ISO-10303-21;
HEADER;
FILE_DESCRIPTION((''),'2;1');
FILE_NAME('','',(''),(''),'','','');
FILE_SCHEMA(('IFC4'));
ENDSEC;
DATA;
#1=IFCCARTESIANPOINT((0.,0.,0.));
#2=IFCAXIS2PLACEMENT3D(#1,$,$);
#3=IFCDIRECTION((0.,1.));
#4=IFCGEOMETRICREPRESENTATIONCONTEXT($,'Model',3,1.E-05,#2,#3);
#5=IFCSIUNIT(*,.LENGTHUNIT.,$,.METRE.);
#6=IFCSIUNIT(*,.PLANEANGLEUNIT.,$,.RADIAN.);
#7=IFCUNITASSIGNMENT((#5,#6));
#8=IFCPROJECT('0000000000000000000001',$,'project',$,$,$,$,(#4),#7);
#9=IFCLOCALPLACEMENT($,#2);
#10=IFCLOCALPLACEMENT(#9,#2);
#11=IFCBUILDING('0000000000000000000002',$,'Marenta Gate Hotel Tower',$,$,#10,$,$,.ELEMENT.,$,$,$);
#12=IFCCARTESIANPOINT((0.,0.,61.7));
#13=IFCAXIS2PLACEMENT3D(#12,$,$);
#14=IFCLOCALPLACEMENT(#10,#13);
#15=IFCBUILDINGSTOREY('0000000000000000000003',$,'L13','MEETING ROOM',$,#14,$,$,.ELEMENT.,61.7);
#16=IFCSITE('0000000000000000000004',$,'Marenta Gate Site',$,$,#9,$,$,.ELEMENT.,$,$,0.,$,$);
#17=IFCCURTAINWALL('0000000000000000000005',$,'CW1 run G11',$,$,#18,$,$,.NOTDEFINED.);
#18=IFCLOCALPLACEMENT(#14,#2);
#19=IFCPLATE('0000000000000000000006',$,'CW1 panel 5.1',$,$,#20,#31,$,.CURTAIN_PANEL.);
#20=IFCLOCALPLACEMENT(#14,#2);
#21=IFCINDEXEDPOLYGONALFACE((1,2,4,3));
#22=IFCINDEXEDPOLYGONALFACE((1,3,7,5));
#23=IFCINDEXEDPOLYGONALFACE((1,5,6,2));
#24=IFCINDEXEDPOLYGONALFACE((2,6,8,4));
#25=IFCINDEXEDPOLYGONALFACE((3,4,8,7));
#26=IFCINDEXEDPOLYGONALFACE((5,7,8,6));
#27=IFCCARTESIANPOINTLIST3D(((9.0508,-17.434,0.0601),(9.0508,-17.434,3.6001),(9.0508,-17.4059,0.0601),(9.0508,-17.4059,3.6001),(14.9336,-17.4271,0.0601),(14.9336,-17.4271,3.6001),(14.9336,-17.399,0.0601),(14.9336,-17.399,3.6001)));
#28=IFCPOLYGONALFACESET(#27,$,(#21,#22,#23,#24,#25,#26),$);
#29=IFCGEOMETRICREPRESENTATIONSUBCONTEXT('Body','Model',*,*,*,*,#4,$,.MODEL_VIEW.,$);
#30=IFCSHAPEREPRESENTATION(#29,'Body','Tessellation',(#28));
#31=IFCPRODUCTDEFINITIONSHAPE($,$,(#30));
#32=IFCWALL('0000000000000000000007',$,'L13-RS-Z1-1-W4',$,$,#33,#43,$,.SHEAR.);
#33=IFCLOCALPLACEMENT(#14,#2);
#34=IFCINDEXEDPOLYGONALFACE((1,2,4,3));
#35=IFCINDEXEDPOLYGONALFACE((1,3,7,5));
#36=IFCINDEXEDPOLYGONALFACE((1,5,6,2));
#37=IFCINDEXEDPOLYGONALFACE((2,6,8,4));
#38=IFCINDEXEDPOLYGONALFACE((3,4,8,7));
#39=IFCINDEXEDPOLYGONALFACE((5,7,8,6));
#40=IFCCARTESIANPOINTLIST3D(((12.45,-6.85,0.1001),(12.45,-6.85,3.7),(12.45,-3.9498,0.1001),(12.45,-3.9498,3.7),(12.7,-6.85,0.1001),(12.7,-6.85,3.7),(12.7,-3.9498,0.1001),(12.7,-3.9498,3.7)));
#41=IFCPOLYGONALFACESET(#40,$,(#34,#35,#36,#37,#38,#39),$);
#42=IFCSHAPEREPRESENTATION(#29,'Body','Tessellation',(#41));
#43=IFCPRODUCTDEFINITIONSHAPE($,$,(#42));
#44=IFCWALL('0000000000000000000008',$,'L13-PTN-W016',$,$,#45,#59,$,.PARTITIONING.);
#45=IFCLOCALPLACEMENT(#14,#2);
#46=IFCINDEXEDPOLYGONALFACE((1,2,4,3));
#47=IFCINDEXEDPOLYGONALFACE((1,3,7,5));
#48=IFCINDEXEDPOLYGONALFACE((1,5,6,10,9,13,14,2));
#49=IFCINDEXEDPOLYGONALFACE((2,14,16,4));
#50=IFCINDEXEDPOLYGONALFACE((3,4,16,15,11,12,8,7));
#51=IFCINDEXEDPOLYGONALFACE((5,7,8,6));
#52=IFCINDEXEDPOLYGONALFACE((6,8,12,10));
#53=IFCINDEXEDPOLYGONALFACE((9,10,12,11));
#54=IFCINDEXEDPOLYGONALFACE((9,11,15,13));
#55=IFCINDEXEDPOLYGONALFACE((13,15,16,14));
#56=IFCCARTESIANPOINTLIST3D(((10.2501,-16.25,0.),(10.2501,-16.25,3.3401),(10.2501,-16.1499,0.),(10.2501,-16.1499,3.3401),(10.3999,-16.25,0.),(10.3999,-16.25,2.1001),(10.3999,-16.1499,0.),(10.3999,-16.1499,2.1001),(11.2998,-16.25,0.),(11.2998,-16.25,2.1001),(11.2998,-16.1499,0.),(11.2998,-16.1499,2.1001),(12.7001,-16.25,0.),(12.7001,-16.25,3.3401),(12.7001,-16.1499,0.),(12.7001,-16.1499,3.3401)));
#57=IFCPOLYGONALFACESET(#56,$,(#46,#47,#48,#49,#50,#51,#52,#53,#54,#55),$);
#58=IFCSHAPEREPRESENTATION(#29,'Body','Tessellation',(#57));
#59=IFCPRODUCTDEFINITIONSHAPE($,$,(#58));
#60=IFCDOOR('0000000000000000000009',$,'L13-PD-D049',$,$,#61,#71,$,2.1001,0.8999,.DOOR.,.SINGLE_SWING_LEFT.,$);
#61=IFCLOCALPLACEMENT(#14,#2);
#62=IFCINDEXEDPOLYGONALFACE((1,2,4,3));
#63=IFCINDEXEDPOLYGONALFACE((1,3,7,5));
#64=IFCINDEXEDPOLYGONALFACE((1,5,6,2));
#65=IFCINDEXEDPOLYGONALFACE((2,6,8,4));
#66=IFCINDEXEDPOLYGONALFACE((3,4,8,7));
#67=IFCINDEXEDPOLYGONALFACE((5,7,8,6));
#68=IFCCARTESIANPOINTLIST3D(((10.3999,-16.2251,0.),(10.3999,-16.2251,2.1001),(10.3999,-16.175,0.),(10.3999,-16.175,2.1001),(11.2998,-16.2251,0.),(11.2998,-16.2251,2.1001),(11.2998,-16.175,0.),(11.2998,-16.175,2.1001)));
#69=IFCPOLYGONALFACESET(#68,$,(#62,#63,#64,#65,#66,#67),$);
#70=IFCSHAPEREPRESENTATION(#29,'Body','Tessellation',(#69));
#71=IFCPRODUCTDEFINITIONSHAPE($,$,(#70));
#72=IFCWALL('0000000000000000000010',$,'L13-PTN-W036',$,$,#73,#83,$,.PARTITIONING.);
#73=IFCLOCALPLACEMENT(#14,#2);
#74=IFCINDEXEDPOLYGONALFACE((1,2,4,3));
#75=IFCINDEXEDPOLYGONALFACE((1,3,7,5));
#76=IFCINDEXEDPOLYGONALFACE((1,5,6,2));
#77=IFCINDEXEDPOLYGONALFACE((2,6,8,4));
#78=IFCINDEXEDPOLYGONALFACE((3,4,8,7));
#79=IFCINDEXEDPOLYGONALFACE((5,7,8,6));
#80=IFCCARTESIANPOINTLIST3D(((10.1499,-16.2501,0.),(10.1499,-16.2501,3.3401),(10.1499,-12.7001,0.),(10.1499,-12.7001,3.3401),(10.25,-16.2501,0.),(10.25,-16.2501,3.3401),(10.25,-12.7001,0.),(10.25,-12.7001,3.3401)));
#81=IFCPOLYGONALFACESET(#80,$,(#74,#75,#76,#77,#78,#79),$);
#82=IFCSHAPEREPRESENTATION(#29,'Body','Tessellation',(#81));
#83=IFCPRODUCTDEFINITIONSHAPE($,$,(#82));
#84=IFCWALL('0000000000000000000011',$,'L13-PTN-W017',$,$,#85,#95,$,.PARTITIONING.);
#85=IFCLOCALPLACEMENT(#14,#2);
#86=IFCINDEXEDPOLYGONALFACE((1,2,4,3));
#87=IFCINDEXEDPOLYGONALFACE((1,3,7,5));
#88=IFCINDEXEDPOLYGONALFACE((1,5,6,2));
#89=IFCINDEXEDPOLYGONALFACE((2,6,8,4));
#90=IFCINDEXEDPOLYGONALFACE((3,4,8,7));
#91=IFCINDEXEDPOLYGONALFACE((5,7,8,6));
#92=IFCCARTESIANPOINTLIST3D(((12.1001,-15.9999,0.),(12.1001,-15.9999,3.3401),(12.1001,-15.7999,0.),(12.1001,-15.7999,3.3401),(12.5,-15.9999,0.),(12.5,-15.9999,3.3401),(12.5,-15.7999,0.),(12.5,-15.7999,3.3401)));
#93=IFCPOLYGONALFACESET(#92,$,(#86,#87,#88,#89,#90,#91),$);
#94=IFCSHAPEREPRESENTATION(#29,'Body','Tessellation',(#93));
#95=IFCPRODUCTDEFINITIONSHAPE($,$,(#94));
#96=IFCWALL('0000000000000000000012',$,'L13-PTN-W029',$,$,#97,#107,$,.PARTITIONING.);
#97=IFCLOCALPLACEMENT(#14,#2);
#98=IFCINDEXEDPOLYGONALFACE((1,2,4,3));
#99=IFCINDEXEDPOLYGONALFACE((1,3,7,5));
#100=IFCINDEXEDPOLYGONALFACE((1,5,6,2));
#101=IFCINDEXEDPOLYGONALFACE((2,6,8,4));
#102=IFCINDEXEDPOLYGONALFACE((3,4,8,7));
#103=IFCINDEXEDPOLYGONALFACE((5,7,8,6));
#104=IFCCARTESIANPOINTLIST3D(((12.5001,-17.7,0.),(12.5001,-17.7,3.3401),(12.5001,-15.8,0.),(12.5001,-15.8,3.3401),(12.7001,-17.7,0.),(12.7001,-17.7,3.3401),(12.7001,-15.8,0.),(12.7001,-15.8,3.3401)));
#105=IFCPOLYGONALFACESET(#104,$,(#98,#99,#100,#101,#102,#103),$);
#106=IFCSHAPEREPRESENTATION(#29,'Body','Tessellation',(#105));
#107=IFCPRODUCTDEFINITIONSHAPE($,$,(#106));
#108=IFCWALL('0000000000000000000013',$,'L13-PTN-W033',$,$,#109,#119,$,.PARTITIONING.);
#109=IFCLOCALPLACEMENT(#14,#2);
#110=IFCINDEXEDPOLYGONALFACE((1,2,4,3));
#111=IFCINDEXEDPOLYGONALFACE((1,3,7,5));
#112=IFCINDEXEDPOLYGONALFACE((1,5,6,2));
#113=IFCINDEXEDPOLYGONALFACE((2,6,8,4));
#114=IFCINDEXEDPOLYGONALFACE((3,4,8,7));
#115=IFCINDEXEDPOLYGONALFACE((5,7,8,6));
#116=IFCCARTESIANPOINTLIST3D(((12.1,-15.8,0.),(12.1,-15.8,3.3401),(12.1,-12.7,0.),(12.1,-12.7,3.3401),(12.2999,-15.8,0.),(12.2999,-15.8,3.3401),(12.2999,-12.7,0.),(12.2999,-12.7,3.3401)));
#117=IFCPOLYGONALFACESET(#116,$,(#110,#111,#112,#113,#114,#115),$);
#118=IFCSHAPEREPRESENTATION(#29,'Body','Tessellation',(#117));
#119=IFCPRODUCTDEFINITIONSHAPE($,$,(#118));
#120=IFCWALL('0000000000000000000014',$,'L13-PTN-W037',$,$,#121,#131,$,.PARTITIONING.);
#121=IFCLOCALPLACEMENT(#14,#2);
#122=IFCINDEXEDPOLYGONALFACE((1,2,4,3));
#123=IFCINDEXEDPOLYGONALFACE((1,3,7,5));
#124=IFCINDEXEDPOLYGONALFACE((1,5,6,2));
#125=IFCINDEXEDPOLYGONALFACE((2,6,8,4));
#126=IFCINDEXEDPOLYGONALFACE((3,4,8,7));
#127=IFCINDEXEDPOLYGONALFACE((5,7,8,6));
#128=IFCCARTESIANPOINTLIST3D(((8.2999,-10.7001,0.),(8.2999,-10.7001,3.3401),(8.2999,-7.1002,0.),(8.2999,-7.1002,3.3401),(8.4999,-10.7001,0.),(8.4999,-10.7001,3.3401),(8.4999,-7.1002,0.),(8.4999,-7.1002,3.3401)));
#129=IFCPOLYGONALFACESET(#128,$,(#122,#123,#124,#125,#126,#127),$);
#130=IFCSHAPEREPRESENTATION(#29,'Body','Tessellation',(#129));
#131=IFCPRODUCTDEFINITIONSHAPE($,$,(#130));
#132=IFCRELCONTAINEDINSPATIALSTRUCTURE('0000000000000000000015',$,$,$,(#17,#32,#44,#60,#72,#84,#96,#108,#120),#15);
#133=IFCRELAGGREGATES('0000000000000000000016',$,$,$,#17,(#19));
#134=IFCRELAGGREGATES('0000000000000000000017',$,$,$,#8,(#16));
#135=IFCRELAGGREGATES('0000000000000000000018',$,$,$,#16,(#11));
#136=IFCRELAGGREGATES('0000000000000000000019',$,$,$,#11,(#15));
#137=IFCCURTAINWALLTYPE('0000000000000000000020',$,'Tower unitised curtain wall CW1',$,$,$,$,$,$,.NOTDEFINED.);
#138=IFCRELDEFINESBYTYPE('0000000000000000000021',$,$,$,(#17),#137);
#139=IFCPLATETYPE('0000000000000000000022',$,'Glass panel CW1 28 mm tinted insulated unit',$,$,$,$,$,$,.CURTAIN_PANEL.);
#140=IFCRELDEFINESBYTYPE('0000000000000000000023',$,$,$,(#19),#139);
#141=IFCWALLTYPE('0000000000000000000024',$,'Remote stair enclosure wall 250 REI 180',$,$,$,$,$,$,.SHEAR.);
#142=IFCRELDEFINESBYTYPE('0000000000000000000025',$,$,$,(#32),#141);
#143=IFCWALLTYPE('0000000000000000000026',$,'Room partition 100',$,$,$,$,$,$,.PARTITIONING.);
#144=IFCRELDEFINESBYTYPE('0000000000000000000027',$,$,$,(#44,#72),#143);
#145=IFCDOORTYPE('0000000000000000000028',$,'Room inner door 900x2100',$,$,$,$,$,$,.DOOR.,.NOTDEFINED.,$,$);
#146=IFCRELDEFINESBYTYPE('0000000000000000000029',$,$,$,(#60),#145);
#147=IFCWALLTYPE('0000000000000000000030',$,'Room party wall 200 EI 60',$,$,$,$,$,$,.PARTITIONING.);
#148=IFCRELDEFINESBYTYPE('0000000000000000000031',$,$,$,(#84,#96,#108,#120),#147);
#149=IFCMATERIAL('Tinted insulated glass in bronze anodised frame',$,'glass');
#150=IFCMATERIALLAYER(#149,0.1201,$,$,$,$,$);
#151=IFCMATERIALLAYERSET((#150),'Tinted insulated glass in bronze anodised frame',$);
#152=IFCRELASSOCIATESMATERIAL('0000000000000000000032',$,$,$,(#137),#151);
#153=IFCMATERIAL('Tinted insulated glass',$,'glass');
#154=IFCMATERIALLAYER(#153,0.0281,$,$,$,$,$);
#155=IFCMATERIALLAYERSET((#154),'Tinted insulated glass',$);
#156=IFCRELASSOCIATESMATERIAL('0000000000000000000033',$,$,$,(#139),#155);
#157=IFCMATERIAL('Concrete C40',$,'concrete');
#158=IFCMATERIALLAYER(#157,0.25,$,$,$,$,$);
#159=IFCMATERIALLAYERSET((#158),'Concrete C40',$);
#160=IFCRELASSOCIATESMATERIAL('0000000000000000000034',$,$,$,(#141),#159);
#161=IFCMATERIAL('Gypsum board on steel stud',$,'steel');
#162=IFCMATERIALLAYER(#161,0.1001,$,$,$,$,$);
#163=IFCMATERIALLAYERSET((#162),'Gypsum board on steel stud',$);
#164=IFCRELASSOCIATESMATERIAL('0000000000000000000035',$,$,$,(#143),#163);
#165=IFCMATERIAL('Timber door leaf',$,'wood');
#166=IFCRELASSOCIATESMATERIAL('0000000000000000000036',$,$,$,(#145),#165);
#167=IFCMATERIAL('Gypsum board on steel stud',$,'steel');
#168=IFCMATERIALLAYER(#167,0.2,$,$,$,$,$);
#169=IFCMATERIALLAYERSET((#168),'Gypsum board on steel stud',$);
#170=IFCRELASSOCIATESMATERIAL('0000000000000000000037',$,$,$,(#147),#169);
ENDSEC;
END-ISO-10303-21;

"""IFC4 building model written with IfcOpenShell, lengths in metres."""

from ifc_helpers import new_model, si_unit, direction, frame, frame_2d, origin, origin_2d, place, context, subcontext, project, spatial, rectangle, extrude, material, layer, layer_set, type_object, element, fill, aggregate, save


model = new_model("IFC4")

# Units and contexts
model_context = context("Model", 3, precision=1e-05, world=origin(), true_north=direction((0.0, 1.0)))
body_context = subcontext(model_context, "Body", "Model", "MODEL_VIEW")
ifc_project = project(units=[si_unit("LENGTHUNIT", "METRE"), si_unit("PLANEANGLEUNIT", "RADIAN")], contexts=[model_context])

# Site, building, storey
site_placement = place(None, origin())
site = spatial("IfcSite", under=ifc_project, at=site_placement, Name="Marenta Gate Site", CompositionType="ELEMENT", RefElevation=0.0)
building_placement = place(site_placement, origin())
building = spatial("IfcBuilding", under=site, at=building_placement, Name="Marenta Gate Hotel Tower", CompositionType="ELEMENT")
storey_placement = place(building_placement, frame((0.0, 0.0, 61.7)))
storey = spatial("IfcBuildingStorey", under=building, at=storey_placement, Name="L13", Description="MEETING ROOM", CompositionType="ELEMENT", Elevation=61.7)

# Curtain wall, plate
ifc_material_1 = material(Name="Tinted insulated glass in bronze anodised frame", Category="glass")
ifc_layer_1 = layer(ifc_material_1, 0.1201)
ifc_layer_set_1 = layer_set([ifc_layer_1], Name="Tinted insulated glass in bronze anodised frame")
curtain_wall_type = type_object("IfcCurtainWallType", Name="Tower unitised curtain wall CW1", PredefinedType="NOTDEFINED", material=ifc_layer_set_1)
curtain_wall_placement = place(storey_placement, origin())
curtain_wall = element("IfcCurtainWall", 1, at=curtain_wall_placement, inside=storey, type_object=curtain_wall_type, Name="CW1 run G11", PredefinedType="NOTDEFINED")
ifc_material_2 = material(Name="Tinted insulated glass", Category="glass")
ifc_layer_2 = layer(ifc_material_2, 0.0281)
ifc_layer_set_2 = layer_set([ifc_layer_2], Name="Tinted insulated glass")
plate_type = type_object("IfcPlateType", Name="Glass panel CW1 28 mm tinted insulated unit", PredefinedType="CURTAIN_PANEL", material=ifc_layer_set_2)
plate_placement = place(storey_placement, frame((11.9922, -17.4165, 0.0601), z_axis=(0.0, 0.0, 1.0), x_axis=(0.999999, 0.001162, 0.0)))
plate = element("IfcPlate", 2, at=plate_placement, type_object=plate_type, Name="CW1 panel 5.1", PredefinedType="CURTAIN_PANEL", context=body_context, shape_type="SweptSolid", body=[
    extrude(rectangle(XDim=5.8828, YDim=0.0281, at=origin_2d()), origin(), (0.0, 0.0, 1.0), 3.54),
])
aggregate(curtain_wall, [plate])

# Wall
ifc_material_3 = material(Name="Concrete C40", Category="concrete")
ifc_layer_3 = layer(ifc_material_3, 0.25)
ifc_layer_set_3 = layer_set([ifc_layer_3], Name="Concrete C40")
wall_type_1 = type_object("IfcWallType", Name="Remote stair enclosure wall 250 REI 180", PredefinedType="SHEAR", material=ifc_layer_set_3)
wall_1_placement = place(storey_placement, frame((12.575, -6.8501, 0.1001), z_axis=(0.0, 0.0, 1.0), x_axis=(0.0, 1.0, 0.0)))
element("IfcWall", 3, at=wall_1_placement, inside=storey, type_object=wall_type_1, Name="L13-RS-Z1-1-W4", PredefinedType="SHEAR", context=body_context, shape_type="SweptSolid", body=[
    extrude(rectangle(XDim=2.9001, YDim=0.25, at=frame_2d((1.4502, 0.0))), origin(), (0.0, 0.0, 1.0), 3.5999),
])

# Wall, opening, door
ifc_material_4 = material(Name="Gypsum board on steel stud", Category="steel")
ifc_layer_4 = layer(ifc_material_4, 0.1001)
ifc_layer_set_4 = layer_set([ifc_layer_4], Name="Gypsum board on steel stud")
wall_type_2 = type_object("IfcWallType", Name="Room partition 100", PredefinedType="PARTITIONING", material=ifc_layer_set_4)
wall_2_placement = place(storey_placement, frame((10.25, -16.2, 0.0), z_axis=(0.0, 0.0, 1.0), x_axis=(1.0, 0.0, 0.0)))
wall_2 = element("IfcWall", 4, at=wall_2_placement, inside=storey, type_object=wall_type_2, Name="L13-PTN-W016", PredefinedType="PARTITIONING", context=body_context, shape_type="SweptSolid", body=[
    extrude(rectangle(XDim=2.45, YDim=0.1001, at=frame_2d((1.2251, 0.0))), origin(), (0.0, 0.0, 1.0), 3.3401),
])
opening_placement = place(wall_2_placement, frame((0.1499, 0.0, 0.0)))
opening = element("IfcOpeningElement", 5, at=opening_placement, cuts=wall_2, PredefinedType="OPENING", context=body_context, shape_type="SweptSolid", body=[
    extrude(rectangle(XDim=0.8999, YDim=2.1001, at=frame_2d((0.45, 1.05))), frame((0.0, 0.05, 0.0), z_axis=(0.0, -1.0, 0.0), x_axis=(1.0, 0.0, 0.0)), (0.0, 0.0, 1.0), 0.1001),
])
ifc_material_5 = material(Name="Timber door leaf", Category="wood")
door_type = type_object("IfcDoorType", Name="Room inner door 900x2100", OperationType="NOTDEFINED", PredefinedType="DOOR", material=ifc_material_5)
door_placement = place(opening_placement, origin())
door = element("IfcDoor", 6, at=door_placement, inside=storey, type_object=door_type, Name="L13-PD-D049", OperationType="SINGLE_SWING_LEFT", OverallHeight=2.1001, OverallWidth=0.8999, PredefinedType="DOOR", context=body_context, shape_type="SweptSolid", body=[
    extrude(rectangle(XDim=0.8999, YDim=2.1001, at=frame_2d((0.45, 1.05))), frame((0.0, 0.0249, 0.0), z_axis=(0.0, -1.0, 0.0), x_axis=(1.0, 0.0, 0.0)), (0.0, 0.0, 1.0), 0.05),
])
fill(opening, door)

# Walls
wall_3_placement = place(storey_placement, frame((10.2, -16.25, 0.0), z_axis=(0.0, 0.0, 1.0), x_axis=(0.0, 1.0, 0.0)))
element("IfcWall", 7, at=wall_3_placement, inside=storey, type_object=wall_type_2, Name="L13-PTN-W036", PredefinedType="PARTITIONING", context=body_context, shape_type="SweptSolid", body=[
    extrude(rectangle(XDim=3.55, YDim=0.1001, at=frame_2d((1.7749, 0.0))), origin(), (0.0, 0.0, 1.0), 3.3401),
])
ifc_material_6 = material(Name="Gypsum board on steel stud", Category="steel")
ifc_layer_5 = layer(ifc_material_6, 0.2)
ifc_layer_set_5 = layer_set([ifc_layer_5], Name="Gypsum board on steel stud")
wall_type_3 = type_object("IfcWallType", Name="Room party wall 200 EI 60", PredefinedType="PARTITIONING", material=ifc_layer_set_5)
wall_4_placement = place(storey_placement, frame((12.1001, -15.8999, 0.0), z_axis=(0.0, 0.0, 1.0), x_axis=(1.0, 0.0, 0.0)))
element("IfcWall", 8, at=wall_4_placement, inside=storey, type_object=wall_type_3, Name="L13-PTN-W017", PredefinedType="PARTITIONING", context=body_context, shape_type="SweptSolid", body=[
    extrude(rectangle(XDim=0.3999, YDim=0.2, at=frame_2d((0.2, 0.0))), origin(), (0.0, 0.0, 1.0), 3.3401),
])
wall_5_placement = place(storey_placement, frame((12.6001, -17.7, 0.0), z_axis=(0.0, 0.0, 1.0), x_axis=(0.0, 1.0, 0.0)))
element("IfcWall", 9, at=wall_5_placement, inside=storey, type_object=wall_type_3, Name="L13-PTN-W029", PredefinedType="PARTITIONING", context=body_context, shape_type="SweptSolid", body=[
    extrude(rectangle(XDim=1.8999, YDim=0.2, at=frame_2d((0.95, 0.0))), origin(), (0.0, 0.0, 1.0), 3.3401),
])
wall_6_placement = place(storey_placement, frame((12.2, -15.8, 0.0), z_axis=(0.0, 0.0, 1.0), x_axis=(0.0, 1.0, 0.0)))
element("IfcWall", 10, at=wall_6_placement, inside=storey, type_object=wall_type_3, Name="L13-PTN-W033", PredefinedType="PARTITIONING", context=body_context, shape_type="SweptSolid", body=[
    extrude(rectangle(XDim=3.1001, YDim=0.2, at=frame_2d((1.55, 0.0))), origin(), (0.0, 0.0, 1.0), 3.3401),
])
wall_7_placement = place(storey_placement, frame((8.3999, -10.7, 0.0), z_axis=(0.0, 0.0, 1.0), x_axis=(0.0, 1.0, 0.0)))
element("IfcWall", 11, at=wall_7_placement, inside=storey, type_object=wall_type_3, Name="L13-PTN-W037", PredefinedType="PARTITIONING", context=body_context, shape_type="SweptSolid", body=[
    extrude(rectangle(XDim=3.5999, YDim=0.2, at=frame_2d((1.7998, 0.0))), origin(), (0.0, 0.0, 1.0), 3.3401),
])

save(model, "model.ifc")
